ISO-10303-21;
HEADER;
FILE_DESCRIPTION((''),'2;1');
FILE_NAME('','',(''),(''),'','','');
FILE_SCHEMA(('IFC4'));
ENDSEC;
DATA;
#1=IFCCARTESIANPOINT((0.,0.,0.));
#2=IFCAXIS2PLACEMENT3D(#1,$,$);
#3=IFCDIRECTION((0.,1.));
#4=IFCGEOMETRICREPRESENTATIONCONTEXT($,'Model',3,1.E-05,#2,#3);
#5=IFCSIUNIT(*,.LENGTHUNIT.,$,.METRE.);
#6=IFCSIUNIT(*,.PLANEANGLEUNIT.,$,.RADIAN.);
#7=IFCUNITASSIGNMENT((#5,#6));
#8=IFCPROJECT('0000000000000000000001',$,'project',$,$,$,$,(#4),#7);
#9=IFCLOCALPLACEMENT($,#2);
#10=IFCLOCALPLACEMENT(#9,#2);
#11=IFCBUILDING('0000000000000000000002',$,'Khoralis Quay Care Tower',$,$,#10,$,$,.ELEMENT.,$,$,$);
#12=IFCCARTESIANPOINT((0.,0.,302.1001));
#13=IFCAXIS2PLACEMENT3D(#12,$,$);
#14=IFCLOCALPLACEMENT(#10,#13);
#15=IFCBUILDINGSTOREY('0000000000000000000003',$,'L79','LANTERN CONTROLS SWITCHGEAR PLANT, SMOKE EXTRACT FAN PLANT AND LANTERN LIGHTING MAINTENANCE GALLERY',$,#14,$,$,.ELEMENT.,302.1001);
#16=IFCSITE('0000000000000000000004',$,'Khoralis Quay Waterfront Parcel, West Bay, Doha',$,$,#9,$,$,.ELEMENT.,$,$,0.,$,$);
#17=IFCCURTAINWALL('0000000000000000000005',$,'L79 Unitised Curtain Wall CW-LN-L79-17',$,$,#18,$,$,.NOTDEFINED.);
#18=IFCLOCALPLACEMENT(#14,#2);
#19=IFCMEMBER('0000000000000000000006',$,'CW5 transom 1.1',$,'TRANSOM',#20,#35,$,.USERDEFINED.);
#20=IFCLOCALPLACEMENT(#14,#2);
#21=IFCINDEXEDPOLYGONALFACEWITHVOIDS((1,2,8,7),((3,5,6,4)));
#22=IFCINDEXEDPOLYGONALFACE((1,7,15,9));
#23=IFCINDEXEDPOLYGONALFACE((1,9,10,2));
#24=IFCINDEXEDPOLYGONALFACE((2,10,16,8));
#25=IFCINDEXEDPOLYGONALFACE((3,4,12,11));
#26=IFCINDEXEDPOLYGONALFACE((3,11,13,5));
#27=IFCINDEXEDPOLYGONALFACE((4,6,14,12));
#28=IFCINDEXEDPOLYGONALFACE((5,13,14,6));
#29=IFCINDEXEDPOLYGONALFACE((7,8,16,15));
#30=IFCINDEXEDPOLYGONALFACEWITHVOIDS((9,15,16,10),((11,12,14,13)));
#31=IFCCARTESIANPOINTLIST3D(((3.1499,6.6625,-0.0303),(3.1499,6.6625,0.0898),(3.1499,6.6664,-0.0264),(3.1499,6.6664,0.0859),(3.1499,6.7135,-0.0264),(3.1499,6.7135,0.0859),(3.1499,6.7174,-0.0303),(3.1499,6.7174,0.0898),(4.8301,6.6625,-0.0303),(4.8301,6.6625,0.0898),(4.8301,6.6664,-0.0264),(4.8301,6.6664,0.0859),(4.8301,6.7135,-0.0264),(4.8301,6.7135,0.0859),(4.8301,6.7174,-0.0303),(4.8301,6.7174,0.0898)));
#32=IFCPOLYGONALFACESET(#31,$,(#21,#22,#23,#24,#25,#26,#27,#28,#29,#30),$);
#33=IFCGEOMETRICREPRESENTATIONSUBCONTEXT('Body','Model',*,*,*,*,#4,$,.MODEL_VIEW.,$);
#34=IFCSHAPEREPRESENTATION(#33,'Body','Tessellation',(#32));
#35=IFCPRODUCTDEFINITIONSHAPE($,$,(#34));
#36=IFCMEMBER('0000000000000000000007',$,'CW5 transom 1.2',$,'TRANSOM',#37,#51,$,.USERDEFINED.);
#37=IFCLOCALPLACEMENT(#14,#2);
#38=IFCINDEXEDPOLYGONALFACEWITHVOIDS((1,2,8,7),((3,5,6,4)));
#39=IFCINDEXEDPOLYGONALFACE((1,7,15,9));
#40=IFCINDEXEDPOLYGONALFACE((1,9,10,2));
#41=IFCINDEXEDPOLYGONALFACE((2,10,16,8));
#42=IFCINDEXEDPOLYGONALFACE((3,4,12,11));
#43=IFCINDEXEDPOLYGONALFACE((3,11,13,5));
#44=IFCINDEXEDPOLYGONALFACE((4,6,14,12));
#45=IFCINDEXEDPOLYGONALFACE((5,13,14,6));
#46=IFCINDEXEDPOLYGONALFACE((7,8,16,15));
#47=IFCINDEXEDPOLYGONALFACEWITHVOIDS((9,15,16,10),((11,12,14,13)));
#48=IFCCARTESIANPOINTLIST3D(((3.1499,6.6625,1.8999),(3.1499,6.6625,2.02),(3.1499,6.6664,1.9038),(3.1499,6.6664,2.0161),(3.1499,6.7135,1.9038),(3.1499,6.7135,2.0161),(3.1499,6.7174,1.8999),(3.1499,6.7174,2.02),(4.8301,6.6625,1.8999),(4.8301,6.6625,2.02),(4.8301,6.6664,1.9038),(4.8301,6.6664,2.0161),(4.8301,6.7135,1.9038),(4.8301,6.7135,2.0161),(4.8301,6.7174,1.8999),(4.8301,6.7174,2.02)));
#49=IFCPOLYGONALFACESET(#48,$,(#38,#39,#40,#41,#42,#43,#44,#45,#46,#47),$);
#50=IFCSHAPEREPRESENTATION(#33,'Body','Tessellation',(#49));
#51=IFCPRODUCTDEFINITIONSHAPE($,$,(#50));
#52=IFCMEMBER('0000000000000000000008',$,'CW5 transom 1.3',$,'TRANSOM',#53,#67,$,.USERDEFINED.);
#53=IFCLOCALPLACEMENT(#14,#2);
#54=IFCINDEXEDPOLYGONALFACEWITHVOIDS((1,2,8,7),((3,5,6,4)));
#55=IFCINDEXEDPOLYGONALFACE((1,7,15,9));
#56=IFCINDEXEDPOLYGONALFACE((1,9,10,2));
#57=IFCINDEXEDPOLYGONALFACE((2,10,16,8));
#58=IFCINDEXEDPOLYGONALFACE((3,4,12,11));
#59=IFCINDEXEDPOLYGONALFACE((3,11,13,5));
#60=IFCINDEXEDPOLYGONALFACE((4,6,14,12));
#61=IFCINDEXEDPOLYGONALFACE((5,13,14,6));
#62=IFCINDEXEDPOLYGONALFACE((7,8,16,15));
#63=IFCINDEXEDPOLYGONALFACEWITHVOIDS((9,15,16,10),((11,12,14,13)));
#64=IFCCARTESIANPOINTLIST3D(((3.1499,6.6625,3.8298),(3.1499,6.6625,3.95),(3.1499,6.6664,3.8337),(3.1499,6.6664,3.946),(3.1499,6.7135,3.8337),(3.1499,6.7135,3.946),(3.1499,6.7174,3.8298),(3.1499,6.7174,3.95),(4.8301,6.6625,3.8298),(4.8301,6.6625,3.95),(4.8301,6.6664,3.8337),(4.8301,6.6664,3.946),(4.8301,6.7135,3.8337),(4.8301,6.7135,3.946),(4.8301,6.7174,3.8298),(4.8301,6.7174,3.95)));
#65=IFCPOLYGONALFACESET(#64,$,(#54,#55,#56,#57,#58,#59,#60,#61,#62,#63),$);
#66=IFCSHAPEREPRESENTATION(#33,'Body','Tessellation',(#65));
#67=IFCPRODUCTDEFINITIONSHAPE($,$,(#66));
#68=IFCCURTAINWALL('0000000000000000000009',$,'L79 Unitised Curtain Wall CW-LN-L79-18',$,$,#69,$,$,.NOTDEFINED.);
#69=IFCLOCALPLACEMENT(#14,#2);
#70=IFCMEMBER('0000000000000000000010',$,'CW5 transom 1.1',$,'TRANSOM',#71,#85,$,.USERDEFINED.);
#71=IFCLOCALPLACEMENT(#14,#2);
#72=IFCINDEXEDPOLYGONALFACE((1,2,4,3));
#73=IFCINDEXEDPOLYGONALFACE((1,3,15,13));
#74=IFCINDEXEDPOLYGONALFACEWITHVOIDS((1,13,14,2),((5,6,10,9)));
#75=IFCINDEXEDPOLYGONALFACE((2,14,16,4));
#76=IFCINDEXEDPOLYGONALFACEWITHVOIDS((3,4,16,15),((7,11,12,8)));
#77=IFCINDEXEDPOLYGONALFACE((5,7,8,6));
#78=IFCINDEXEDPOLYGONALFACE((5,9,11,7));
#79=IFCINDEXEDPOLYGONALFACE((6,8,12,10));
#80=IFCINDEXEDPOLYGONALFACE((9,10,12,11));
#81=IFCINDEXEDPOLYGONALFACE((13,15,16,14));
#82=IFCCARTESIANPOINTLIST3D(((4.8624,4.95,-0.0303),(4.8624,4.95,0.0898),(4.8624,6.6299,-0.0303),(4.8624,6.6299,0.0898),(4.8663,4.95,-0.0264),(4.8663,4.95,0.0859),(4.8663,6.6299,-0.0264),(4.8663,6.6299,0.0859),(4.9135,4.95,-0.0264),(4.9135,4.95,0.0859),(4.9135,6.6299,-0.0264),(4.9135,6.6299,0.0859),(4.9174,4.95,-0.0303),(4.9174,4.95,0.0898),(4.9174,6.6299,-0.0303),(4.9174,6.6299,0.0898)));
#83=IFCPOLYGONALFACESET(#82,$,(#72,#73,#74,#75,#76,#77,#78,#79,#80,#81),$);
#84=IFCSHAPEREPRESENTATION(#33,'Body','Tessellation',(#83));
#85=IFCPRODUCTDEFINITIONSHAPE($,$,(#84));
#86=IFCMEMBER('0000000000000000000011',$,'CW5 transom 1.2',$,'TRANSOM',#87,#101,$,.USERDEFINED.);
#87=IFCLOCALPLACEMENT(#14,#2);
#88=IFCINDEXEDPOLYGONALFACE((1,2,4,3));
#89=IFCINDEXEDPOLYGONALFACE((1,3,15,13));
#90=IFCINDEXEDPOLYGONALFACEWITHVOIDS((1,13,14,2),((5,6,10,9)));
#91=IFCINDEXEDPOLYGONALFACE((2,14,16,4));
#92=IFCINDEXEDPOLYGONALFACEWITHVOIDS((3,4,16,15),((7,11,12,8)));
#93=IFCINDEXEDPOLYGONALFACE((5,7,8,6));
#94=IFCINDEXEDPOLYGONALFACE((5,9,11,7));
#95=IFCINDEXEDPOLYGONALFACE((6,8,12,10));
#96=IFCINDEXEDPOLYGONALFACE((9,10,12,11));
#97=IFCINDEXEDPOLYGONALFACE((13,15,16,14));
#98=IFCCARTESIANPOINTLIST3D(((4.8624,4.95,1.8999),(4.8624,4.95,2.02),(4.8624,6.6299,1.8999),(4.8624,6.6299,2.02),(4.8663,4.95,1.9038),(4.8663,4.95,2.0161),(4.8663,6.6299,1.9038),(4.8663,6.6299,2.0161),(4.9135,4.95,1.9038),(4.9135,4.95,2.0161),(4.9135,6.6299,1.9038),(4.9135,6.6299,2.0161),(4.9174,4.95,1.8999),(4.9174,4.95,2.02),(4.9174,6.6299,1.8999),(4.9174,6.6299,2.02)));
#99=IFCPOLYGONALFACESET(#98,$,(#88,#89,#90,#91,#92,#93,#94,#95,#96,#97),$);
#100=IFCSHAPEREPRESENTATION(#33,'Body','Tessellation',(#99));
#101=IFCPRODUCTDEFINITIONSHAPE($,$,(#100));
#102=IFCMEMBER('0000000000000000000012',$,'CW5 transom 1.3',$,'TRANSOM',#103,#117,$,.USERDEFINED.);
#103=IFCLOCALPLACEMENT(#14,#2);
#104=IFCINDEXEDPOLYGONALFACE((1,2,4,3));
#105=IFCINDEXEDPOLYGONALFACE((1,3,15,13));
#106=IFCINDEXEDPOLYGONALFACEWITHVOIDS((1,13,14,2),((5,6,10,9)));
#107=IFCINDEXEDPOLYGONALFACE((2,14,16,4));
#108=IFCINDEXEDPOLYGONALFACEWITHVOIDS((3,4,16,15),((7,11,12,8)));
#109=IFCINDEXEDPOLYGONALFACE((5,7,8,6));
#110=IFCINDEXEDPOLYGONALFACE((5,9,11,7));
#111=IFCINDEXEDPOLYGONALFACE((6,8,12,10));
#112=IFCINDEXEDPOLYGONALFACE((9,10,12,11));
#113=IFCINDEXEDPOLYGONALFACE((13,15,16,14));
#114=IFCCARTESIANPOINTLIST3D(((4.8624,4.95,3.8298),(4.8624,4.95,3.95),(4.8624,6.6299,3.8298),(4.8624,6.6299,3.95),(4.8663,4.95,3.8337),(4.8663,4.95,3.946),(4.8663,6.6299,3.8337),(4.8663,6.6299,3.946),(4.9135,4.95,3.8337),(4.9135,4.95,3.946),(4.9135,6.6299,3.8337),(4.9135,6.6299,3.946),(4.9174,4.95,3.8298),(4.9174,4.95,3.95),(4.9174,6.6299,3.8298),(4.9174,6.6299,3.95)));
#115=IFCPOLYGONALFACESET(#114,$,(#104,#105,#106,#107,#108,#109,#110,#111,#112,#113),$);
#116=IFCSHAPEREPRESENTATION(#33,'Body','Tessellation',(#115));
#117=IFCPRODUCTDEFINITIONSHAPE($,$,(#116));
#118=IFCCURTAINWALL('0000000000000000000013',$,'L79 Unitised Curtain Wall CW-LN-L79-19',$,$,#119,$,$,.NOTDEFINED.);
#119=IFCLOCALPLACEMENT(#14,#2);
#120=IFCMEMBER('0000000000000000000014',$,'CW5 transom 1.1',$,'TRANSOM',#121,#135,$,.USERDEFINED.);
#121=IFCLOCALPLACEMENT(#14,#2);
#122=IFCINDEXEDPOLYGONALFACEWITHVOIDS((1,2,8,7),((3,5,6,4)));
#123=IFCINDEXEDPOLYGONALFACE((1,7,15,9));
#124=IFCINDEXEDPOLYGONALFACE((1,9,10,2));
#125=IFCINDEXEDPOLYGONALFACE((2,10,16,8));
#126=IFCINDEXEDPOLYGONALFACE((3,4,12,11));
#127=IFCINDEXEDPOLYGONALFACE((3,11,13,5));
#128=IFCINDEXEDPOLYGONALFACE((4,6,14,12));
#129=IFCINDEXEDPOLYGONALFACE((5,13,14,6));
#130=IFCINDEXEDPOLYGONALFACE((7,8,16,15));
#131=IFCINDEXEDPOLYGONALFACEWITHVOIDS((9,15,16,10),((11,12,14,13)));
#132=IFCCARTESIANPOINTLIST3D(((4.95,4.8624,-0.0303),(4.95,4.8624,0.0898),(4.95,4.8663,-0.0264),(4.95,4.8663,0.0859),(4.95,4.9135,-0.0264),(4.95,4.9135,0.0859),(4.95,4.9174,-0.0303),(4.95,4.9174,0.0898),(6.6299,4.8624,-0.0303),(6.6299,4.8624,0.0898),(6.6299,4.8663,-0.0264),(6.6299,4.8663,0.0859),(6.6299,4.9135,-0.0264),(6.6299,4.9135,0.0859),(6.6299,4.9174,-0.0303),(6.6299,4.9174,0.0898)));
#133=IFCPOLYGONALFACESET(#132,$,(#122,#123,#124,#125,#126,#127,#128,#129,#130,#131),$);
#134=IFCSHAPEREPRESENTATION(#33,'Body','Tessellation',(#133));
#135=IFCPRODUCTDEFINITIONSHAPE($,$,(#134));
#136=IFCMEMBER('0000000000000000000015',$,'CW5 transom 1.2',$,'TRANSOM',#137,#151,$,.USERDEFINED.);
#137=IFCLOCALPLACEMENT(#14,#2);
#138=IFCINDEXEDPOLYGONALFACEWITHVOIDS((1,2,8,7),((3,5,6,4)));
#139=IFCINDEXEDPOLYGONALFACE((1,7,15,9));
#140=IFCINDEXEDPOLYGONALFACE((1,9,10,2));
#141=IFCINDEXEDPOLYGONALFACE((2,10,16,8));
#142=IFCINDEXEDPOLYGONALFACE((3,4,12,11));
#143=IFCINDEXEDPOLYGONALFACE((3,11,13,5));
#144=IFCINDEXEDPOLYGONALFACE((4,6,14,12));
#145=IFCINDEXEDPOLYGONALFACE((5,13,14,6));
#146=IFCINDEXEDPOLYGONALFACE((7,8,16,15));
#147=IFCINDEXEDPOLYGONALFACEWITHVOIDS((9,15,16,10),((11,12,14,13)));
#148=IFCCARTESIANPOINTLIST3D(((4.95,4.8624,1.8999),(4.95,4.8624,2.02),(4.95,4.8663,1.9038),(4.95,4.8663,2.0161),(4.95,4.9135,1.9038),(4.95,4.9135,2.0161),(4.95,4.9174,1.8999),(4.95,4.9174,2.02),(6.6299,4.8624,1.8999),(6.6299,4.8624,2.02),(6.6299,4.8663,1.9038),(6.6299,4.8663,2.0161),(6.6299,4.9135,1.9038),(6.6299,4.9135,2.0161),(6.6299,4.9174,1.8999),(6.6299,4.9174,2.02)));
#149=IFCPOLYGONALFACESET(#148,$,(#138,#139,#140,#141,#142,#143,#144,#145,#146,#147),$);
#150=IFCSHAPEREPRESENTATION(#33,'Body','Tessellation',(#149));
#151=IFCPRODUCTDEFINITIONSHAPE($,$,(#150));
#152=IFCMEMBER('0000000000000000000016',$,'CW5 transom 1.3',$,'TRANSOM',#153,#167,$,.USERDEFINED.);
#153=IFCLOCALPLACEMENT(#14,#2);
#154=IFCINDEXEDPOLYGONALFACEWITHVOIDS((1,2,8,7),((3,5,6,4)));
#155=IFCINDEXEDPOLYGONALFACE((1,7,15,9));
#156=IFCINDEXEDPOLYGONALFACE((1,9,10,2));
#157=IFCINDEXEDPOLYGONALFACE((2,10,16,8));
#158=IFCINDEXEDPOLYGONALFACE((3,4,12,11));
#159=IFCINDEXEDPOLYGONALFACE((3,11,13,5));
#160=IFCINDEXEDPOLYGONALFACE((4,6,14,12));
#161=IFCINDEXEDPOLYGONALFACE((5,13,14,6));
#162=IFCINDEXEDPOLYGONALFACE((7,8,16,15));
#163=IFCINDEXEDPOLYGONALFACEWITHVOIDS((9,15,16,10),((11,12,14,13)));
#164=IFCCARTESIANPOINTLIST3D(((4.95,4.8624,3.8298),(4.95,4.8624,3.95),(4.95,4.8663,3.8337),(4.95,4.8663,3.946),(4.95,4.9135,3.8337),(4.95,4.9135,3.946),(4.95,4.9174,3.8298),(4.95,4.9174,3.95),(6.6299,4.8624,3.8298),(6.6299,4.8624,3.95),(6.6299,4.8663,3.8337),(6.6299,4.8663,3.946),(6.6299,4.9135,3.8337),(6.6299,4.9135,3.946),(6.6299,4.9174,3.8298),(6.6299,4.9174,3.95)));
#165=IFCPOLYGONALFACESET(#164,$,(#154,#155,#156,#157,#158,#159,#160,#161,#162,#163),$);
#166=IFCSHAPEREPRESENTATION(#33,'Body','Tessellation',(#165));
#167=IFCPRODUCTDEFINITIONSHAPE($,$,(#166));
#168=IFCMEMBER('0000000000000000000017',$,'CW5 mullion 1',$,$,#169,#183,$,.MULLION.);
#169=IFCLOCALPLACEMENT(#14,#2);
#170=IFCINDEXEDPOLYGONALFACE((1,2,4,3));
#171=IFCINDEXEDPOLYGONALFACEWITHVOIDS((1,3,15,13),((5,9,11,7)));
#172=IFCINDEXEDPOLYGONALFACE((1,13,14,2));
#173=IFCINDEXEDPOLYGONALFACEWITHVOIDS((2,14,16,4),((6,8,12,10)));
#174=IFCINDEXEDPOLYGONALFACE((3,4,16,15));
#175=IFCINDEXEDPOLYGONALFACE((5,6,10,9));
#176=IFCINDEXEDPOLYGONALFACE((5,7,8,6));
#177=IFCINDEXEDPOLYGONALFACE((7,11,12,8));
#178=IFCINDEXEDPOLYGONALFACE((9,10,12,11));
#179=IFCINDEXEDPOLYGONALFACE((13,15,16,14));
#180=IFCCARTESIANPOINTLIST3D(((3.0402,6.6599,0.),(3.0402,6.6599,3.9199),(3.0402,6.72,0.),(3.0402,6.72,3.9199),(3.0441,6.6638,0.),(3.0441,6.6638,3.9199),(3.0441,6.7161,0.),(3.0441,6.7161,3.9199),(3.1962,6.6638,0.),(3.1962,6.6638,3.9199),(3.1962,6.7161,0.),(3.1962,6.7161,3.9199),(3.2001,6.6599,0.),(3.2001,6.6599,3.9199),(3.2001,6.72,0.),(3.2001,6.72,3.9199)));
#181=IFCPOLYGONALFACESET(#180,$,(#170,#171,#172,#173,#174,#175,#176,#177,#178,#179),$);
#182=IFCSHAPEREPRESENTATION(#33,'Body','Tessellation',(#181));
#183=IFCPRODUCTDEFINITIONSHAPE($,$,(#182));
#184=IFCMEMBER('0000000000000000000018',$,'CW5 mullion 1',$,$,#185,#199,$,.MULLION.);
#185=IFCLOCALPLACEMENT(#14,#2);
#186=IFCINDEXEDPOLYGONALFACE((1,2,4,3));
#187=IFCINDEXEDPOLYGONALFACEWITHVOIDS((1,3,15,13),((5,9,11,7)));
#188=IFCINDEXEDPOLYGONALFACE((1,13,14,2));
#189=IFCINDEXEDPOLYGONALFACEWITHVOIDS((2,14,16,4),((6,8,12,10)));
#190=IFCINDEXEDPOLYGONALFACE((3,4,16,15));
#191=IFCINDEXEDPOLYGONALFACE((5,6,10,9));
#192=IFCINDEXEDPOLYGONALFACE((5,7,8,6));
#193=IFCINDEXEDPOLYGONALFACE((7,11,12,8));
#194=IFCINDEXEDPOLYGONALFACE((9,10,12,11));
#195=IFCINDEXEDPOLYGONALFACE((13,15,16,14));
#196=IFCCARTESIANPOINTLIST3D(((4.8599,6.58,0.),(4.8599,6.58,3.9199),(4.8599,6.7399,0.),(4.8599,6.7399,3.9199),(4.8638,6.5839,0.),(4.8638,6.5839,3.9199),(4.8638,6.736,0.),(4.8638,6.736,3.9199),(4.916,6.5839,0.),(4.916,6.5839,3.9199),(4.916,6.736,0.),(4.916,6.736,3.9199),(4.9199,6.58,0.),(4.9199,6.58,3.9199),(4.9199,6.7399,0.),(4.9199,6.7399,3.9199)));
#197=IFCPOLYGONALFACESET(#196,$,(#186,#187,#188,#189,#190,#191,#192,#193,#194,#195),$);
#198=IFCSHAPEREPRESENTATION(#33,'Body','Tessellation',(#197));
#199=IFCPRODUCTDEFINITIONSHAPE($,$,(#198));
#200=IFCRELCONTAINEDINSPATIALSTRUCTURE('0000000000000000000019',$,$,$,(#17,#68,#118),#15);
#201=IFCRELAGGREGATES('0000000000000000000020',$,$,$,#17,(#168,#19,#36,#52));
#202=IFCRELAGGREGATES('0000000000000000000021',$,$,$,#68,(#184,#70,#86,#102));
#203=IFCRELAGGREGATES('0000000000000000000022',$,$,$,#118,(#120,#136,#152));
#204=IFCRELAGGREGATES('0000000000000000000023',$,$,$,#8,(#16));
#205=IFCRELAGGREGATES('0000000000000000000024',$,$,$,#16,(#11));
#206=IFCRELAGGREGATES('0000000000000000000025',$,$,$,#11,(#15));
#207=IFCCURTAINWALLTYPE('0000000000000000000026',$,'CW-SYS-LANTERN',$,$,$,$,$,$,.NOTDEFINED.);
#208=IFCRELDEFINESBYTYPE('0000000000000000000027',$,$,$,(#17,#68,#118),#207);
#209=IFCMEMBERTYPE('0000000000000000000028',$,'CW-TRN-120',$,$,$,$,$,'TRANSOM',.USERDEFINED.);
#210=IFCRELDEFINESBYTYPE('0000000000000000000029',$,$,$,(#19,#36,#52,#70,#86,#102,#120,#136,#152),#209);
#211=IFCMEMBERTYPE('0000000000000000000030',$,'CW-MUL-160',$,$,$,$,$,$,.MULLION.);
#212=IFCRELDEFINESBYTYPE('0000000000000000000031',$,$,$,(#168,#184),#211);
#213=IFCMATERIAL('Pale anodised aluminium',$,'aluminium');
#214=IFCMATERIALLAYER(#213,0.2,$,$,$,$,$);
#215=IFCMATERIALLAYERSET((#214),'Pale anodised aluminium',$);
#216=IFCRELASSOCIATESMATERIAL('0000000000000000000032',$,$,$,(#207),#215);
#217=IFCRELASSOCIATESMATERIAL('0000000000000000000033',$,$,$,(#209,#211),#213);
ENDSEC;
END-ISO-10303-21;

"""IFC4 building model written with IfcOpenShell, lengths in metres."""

from ifc_helpers import new_model, si_unit, direction, frame, origin, origin_2d, place, context, subcontext, project, spatial, hollow_rectangle, extrude, source, transform, mapped, material, layer, layer_set, material_profile, profile_set, type_object, element, aggregate, save


model = new_model("IFC4")

# Units and contexts
model_context = context("Model", 3, precision=1e-05, world=origin(), true_north=direction((0.0, 1.0)))
body_context = subcontext(model_context, "Body", "Model", "MODEL_VIEW")
ifc_project = project(units=[si_unit("LENGTHUNIT", "METRE"), si_unit("PLANEANGLEUNIT", "RADIAN")], contexts=[model_context])

# Site, building, storey
site_placement = place(None, origin())
site = spatial("IfcSite", under=ifc_project, at=site_placement, Name="Khoralis Quay Waterfront Parcel, West Bay, Doha", CompositionType="ELEMENT", RefElevation=0.0)
building_placement = place(site_placement, origin())
building = spatial("IfcBuilding", under=site, at=building_placement, Name="Khoralis Quay Care Tower", CompositionType="ELEMENT")
storey_placement = place(building_placement, frame((0.0, 0.0, 302.1001)))
storey = spatial("IfcBuildingStorey", under=building, at=storey_placement, Name="L79", Description="LANTERN CONTROLS SWITCHGEAR PLANT, SMOKE EXTRACT FAN PLANT AND LANTERN LIGHTING MAINTENANCE GALLERY", CompositionType="ELEMENT", Elevation=302.1001)

# Curtain walls, members
ifc_material_1 = material(Name="Pale anodised aluminium", Category="aluminium")
ifc_layer_1 = layer(ifc_material_1, 0.2)
ifc_layer_set_1 = layer_set([ifc_layer_1], Name="Pale anodised aluminium")
curtain_wall_type = type_object("IfcCurtainWallType", Name="CW-SYS-LANTERN", PredefinedType="NOTDEFINED", material=ifc_layer_set_1)
curtain_wall_1_placement = place(storey_placement, origin())
curtain_wall_1 = element("IfcCurtainWall", 1, at=curtain_wall_1_placement, inside=storey, type_object=curtain_wall_type, Name="L79 Unitised Curtain Wall CW-LN-L79-17", PredefinedType="NOTDEFINED")
ifc_material_profile_1 = material_profile(ifc_material_1, hollow_rectangle(XDim=0.0549, YDim=0.1201, WallThickness=0.0039, at=origin_2d()), Name="Pale anodised aluminium")
ifc_profile_set_1 = profile_set([ifc_material_profile_1], Name="Pale anodised aluminium")
member_type_1 = type_object("IfcMemberType", Name="CW-TRN-120", ElementType="TRANSOM", PredefinedType="USERDEFINED", material=ifc_profile_set_1)
shared_shape_1 = source(origin(), body_context, "Body", "SweptSolid", [
    extrude(hollow_rectangle(XDim=0.0549, YDim=0.1201, WallThickness=0.0039, at=origin_2d()), origin(), (0.0, 0.0, 1.0), 1.6802),
])
member_1_placement = place(storey_placement, frame((3.1499, 6.6899, 0.0298), z_axis=(1.0, 0.0, 0.0), x_axis=(0.0, 1.0, 0.0)))
member_1 = element("IfcMember", 2, at=member_1_placement, type_object=member_type_1, Name="CW5 transom 1.1", ObjectType="TRANSOM", PredefinedType="USERDEFINED", context=body_context, shape_type="MappedRepresentation", body=[
    mapped(shared_shape_1, transform((0.0, 0.0, 0.0), scale=1.0)),
])
member_2_placement = place(storey_placement, frame((3.1499, 6.6899, 1.96), z_axis=(1.0, 0.0, 0.0), x_axis=(0.0, 1.0, 0.0)))
member_2 = element("IfcMember", 3, at=member_2_placement, type_object=member_type_1, Name="CW5 transom 1.2", ObjectType="TRANSOM", PredefinedType="USERDEFINED", context=body_context, shape_type="MappedRepresentation", body=[
    mapped(shared_shape_1, transform((0.0, 0.0, 0.0), scale=1.0)),
])
member_3_placement = place(storey_placement, frame((3.1499, 6.6899, 3.8899), z_axis=(1.0, 0.0, 0.0), x_axis=(0.0, 1.0, 0.0)))
member_3 = element("IfcMember", 4, at=member_3_placement, type_object=member_type_1, Name="CW5 transom 1.3", ObjectType="TRANSOM", PredefinedType="USERDEFINED", context=body_context, shape_type="MappedRepresentation", body=[
    mapped(shared_shape_1, transform((0.0, 0.0, 0.0), scale=1.0)),
])
curtain_wall_2_placement = place(storey_placement, origin())
curtain_wall_2 = element("IfcCurtainWall", 5, at=curtain_wall_2_placement, inside=storey, type_object=curtain_wall_type, Name="L79 Unitised Curtain Wall CW-LN-L79-18", PredefinedType="NOTDEFINED")
shared_shape_2 = source(origin(), body_context, "Body", "SweptSolid", [
    extrude(hollow_rectangle(XDim=0.0549, YDim=0.1201, WallThickness=0.0039, at=origin_2d()), origin(), (0.0, 0.0, 1.0), 1.6799),
])
member_4_placement = place(storey_placement, frame((4.8899, 6.6299, 0.0298), z_axis=(0.0, -1.0, 0.0), x_axis=(1.0, 0.0, 0.0)))
member_4 = element("IfcMember", 6, at=member_4_placement, type_object=member_type_1, Name="CW5 transom 1.1", ObjectType="TRANSOM", PredefinedType="USERDEFINED", context=body_context, shape_type="MappedRepresentation", body=[
    mapped(shared_shape_2, transform((0.0, 0.0, 0.0), scale=1.0)),
])
member_5_placement = place(storey_placement, frame((4.8899, 6.6299, 1.96), z_axis=(0.0, -1.0, 0.0), x_axis=(1.0, 0.0, 0.0)))
member_5 = element("IfcMember", 7, at=member_5_placement, type_object=member_type_1, Name="CW5 transom 1.2", ObjectType="TRANSOM", PredefinedType="USERDEFINED", context=body_context, shape_type="MappedRepresentation", body=[
    mapped(shared_shape_2, transform((0.0, 0.0, 0.0), scale=1.0)),
])
member_6_placement = place(storey_placement, frame((4.8899, 6.6299, 3.8899), z_axis=(0.0, -1.0, 0.0), x_axis=(1.0, 0.0, 0.0)))
member_6 = element("IfcMember", 8, at=member_6_placement, type_object=member_type_1, Name="CW5 transom 1.3", ObjectType="TRANSOM", PredefinedType="USERDEFINED", context=body_context, shape_type="MappedRepresentation", body=[
    mapped(shared_shape_2, transform((0.0, 0.0, 0.0), scale=1.0)),
])
curtain_wall_3_placement = place(storey_placement, origin())
curtain_wall_3 = element("IfcCurtainWall", 9, at=curtain_wall_3_placement, inside=storey, type_object=curtain_wall_type, Name="L79 Unitised Curtain Wall CW-LN-L79-19", PredefinedType="NOTDEFINED")
member_7_placement = place(storey_placement, frame((4.95, 4.8899, 0.0298), z_axis=(1.0, 0.0, 0.0), x_axis=(0.0, 1.0, 0.0)))
member_7 = element("IfcMember", 10, at=member_7_placement, type_object=member_type_1, Name="CW5 transom 1.1", ObjectType="TRANSOM", PredefinedType="USERDEFINED", context=body_context, shape_type="MappedRepresentation", body=[
    mapped(shared_shape_2, transform((0.0, 0.0, 0.0), scale=1.0)),
])
member_8_placement = place(storey_placement, frame((4.95, 4.8899, 1.96), z_axis=(1.0, 0.0, 0.0), x_axis=(0.0, 1.0, 0.0)))
member_8 = element("IfcMember", 11, at=member_8_placement, type_object=member_type_1, Name="CW5 transom 1.2", ObjectType="TRANSOM", PredefinedType="USERDEFINED", context=body_context, shape_type="MappedRepresentation", body=[
    mapped(shared_shape_2, transform((0.0, 0.0, 0.0), scale=1.0)),
])
member_9_placement = place(storey_placement, frame((4.95, 4.8899, 3.8899), z_axis=(1.0, 0.0, 0.0), x_axis=(0.0, 1.0, 0.0)))
member_9 = element("IfcMember", 12, at=member_9_placement, type_object=member_type_1, Name="CW5 transom 1.3", ObjectType="TRANSOM", PredefinedType="USERDEFINED", context=body_context, shape_type="MappedRepresentation", body=[
    mapped(shared_shape_2, transform((0.0, 0.0, 0.0), scale=1.0)),
])

# Members
ifc_material_profile_2 = material_profile(ifc_material_1, hollow_rectangle(XDim=0.0601, YDim=0.1599, WallThickness=0.0039, at=origin_2d()), Name="Pale anodised aluminium")
ifc_profile_set_2 = profile_set([ifc_material_profile_2], Name="Pale anodised aluminium")
member_type_2 = type_object("IfcMemberType", Name="CW-MUL-160", PredefinedType="MULLION", material=ifc_profile_set_2)
shared_shape_3 = source(origin(), body_context, "Body", "SweptSolid", [
    extrude(hollow_rectangle(XDim=0.0601, YDim=0.1599, WallThickness=0.0039, at=origin_2d()), origin(), (0.0, 0.0, 1.0), 3.9199),
])
member_10_placement = place(storey_placement, frame((3.1201, 6.6899, 0.0), z_axis=(0.0, 0.0, 1.0), x_axis=(0.0, 1.0, 0.0)))
member_10 = element("IfcMember", 13, at=member_10_placement, type_object=member_type_2, Name="CW5 mullion 1", PredefinedType="MULLION", context=body_context, shape_type="MappedRepresentation", body=[
    mapped(shared_shape_3, transform((0.0, 0.0, 0.0), scale=1.0)),
])
aggregate(curtain_wall_1, [member_10, member_1, member_2, member_3])
member_11_placement = place(storey_placement, frame((4.8899, 6.6599, 0.0), z_axis=(0.0, 0.0, 1.0), x_axis=(1.0, 0.0, 0.0)))
member_11 = element("IfcMember", 14, at=member_11_placement, type_object=member_type_2, Name="CW5 mullion 1", PredefinedType="MULLION", context=body_context, shape_type="MappedRepresentation", body=[
    mapped(shared_shape_3, transform((0.0, 0.0, 0.0), scale=1.0)),
])

aggregate(curtain_wall_2, [member_11, member_4, member_5, member_6])
aggregate(curtain_wall_3, [member_7, member_8, member_9])

save(model, "model.ifc")
